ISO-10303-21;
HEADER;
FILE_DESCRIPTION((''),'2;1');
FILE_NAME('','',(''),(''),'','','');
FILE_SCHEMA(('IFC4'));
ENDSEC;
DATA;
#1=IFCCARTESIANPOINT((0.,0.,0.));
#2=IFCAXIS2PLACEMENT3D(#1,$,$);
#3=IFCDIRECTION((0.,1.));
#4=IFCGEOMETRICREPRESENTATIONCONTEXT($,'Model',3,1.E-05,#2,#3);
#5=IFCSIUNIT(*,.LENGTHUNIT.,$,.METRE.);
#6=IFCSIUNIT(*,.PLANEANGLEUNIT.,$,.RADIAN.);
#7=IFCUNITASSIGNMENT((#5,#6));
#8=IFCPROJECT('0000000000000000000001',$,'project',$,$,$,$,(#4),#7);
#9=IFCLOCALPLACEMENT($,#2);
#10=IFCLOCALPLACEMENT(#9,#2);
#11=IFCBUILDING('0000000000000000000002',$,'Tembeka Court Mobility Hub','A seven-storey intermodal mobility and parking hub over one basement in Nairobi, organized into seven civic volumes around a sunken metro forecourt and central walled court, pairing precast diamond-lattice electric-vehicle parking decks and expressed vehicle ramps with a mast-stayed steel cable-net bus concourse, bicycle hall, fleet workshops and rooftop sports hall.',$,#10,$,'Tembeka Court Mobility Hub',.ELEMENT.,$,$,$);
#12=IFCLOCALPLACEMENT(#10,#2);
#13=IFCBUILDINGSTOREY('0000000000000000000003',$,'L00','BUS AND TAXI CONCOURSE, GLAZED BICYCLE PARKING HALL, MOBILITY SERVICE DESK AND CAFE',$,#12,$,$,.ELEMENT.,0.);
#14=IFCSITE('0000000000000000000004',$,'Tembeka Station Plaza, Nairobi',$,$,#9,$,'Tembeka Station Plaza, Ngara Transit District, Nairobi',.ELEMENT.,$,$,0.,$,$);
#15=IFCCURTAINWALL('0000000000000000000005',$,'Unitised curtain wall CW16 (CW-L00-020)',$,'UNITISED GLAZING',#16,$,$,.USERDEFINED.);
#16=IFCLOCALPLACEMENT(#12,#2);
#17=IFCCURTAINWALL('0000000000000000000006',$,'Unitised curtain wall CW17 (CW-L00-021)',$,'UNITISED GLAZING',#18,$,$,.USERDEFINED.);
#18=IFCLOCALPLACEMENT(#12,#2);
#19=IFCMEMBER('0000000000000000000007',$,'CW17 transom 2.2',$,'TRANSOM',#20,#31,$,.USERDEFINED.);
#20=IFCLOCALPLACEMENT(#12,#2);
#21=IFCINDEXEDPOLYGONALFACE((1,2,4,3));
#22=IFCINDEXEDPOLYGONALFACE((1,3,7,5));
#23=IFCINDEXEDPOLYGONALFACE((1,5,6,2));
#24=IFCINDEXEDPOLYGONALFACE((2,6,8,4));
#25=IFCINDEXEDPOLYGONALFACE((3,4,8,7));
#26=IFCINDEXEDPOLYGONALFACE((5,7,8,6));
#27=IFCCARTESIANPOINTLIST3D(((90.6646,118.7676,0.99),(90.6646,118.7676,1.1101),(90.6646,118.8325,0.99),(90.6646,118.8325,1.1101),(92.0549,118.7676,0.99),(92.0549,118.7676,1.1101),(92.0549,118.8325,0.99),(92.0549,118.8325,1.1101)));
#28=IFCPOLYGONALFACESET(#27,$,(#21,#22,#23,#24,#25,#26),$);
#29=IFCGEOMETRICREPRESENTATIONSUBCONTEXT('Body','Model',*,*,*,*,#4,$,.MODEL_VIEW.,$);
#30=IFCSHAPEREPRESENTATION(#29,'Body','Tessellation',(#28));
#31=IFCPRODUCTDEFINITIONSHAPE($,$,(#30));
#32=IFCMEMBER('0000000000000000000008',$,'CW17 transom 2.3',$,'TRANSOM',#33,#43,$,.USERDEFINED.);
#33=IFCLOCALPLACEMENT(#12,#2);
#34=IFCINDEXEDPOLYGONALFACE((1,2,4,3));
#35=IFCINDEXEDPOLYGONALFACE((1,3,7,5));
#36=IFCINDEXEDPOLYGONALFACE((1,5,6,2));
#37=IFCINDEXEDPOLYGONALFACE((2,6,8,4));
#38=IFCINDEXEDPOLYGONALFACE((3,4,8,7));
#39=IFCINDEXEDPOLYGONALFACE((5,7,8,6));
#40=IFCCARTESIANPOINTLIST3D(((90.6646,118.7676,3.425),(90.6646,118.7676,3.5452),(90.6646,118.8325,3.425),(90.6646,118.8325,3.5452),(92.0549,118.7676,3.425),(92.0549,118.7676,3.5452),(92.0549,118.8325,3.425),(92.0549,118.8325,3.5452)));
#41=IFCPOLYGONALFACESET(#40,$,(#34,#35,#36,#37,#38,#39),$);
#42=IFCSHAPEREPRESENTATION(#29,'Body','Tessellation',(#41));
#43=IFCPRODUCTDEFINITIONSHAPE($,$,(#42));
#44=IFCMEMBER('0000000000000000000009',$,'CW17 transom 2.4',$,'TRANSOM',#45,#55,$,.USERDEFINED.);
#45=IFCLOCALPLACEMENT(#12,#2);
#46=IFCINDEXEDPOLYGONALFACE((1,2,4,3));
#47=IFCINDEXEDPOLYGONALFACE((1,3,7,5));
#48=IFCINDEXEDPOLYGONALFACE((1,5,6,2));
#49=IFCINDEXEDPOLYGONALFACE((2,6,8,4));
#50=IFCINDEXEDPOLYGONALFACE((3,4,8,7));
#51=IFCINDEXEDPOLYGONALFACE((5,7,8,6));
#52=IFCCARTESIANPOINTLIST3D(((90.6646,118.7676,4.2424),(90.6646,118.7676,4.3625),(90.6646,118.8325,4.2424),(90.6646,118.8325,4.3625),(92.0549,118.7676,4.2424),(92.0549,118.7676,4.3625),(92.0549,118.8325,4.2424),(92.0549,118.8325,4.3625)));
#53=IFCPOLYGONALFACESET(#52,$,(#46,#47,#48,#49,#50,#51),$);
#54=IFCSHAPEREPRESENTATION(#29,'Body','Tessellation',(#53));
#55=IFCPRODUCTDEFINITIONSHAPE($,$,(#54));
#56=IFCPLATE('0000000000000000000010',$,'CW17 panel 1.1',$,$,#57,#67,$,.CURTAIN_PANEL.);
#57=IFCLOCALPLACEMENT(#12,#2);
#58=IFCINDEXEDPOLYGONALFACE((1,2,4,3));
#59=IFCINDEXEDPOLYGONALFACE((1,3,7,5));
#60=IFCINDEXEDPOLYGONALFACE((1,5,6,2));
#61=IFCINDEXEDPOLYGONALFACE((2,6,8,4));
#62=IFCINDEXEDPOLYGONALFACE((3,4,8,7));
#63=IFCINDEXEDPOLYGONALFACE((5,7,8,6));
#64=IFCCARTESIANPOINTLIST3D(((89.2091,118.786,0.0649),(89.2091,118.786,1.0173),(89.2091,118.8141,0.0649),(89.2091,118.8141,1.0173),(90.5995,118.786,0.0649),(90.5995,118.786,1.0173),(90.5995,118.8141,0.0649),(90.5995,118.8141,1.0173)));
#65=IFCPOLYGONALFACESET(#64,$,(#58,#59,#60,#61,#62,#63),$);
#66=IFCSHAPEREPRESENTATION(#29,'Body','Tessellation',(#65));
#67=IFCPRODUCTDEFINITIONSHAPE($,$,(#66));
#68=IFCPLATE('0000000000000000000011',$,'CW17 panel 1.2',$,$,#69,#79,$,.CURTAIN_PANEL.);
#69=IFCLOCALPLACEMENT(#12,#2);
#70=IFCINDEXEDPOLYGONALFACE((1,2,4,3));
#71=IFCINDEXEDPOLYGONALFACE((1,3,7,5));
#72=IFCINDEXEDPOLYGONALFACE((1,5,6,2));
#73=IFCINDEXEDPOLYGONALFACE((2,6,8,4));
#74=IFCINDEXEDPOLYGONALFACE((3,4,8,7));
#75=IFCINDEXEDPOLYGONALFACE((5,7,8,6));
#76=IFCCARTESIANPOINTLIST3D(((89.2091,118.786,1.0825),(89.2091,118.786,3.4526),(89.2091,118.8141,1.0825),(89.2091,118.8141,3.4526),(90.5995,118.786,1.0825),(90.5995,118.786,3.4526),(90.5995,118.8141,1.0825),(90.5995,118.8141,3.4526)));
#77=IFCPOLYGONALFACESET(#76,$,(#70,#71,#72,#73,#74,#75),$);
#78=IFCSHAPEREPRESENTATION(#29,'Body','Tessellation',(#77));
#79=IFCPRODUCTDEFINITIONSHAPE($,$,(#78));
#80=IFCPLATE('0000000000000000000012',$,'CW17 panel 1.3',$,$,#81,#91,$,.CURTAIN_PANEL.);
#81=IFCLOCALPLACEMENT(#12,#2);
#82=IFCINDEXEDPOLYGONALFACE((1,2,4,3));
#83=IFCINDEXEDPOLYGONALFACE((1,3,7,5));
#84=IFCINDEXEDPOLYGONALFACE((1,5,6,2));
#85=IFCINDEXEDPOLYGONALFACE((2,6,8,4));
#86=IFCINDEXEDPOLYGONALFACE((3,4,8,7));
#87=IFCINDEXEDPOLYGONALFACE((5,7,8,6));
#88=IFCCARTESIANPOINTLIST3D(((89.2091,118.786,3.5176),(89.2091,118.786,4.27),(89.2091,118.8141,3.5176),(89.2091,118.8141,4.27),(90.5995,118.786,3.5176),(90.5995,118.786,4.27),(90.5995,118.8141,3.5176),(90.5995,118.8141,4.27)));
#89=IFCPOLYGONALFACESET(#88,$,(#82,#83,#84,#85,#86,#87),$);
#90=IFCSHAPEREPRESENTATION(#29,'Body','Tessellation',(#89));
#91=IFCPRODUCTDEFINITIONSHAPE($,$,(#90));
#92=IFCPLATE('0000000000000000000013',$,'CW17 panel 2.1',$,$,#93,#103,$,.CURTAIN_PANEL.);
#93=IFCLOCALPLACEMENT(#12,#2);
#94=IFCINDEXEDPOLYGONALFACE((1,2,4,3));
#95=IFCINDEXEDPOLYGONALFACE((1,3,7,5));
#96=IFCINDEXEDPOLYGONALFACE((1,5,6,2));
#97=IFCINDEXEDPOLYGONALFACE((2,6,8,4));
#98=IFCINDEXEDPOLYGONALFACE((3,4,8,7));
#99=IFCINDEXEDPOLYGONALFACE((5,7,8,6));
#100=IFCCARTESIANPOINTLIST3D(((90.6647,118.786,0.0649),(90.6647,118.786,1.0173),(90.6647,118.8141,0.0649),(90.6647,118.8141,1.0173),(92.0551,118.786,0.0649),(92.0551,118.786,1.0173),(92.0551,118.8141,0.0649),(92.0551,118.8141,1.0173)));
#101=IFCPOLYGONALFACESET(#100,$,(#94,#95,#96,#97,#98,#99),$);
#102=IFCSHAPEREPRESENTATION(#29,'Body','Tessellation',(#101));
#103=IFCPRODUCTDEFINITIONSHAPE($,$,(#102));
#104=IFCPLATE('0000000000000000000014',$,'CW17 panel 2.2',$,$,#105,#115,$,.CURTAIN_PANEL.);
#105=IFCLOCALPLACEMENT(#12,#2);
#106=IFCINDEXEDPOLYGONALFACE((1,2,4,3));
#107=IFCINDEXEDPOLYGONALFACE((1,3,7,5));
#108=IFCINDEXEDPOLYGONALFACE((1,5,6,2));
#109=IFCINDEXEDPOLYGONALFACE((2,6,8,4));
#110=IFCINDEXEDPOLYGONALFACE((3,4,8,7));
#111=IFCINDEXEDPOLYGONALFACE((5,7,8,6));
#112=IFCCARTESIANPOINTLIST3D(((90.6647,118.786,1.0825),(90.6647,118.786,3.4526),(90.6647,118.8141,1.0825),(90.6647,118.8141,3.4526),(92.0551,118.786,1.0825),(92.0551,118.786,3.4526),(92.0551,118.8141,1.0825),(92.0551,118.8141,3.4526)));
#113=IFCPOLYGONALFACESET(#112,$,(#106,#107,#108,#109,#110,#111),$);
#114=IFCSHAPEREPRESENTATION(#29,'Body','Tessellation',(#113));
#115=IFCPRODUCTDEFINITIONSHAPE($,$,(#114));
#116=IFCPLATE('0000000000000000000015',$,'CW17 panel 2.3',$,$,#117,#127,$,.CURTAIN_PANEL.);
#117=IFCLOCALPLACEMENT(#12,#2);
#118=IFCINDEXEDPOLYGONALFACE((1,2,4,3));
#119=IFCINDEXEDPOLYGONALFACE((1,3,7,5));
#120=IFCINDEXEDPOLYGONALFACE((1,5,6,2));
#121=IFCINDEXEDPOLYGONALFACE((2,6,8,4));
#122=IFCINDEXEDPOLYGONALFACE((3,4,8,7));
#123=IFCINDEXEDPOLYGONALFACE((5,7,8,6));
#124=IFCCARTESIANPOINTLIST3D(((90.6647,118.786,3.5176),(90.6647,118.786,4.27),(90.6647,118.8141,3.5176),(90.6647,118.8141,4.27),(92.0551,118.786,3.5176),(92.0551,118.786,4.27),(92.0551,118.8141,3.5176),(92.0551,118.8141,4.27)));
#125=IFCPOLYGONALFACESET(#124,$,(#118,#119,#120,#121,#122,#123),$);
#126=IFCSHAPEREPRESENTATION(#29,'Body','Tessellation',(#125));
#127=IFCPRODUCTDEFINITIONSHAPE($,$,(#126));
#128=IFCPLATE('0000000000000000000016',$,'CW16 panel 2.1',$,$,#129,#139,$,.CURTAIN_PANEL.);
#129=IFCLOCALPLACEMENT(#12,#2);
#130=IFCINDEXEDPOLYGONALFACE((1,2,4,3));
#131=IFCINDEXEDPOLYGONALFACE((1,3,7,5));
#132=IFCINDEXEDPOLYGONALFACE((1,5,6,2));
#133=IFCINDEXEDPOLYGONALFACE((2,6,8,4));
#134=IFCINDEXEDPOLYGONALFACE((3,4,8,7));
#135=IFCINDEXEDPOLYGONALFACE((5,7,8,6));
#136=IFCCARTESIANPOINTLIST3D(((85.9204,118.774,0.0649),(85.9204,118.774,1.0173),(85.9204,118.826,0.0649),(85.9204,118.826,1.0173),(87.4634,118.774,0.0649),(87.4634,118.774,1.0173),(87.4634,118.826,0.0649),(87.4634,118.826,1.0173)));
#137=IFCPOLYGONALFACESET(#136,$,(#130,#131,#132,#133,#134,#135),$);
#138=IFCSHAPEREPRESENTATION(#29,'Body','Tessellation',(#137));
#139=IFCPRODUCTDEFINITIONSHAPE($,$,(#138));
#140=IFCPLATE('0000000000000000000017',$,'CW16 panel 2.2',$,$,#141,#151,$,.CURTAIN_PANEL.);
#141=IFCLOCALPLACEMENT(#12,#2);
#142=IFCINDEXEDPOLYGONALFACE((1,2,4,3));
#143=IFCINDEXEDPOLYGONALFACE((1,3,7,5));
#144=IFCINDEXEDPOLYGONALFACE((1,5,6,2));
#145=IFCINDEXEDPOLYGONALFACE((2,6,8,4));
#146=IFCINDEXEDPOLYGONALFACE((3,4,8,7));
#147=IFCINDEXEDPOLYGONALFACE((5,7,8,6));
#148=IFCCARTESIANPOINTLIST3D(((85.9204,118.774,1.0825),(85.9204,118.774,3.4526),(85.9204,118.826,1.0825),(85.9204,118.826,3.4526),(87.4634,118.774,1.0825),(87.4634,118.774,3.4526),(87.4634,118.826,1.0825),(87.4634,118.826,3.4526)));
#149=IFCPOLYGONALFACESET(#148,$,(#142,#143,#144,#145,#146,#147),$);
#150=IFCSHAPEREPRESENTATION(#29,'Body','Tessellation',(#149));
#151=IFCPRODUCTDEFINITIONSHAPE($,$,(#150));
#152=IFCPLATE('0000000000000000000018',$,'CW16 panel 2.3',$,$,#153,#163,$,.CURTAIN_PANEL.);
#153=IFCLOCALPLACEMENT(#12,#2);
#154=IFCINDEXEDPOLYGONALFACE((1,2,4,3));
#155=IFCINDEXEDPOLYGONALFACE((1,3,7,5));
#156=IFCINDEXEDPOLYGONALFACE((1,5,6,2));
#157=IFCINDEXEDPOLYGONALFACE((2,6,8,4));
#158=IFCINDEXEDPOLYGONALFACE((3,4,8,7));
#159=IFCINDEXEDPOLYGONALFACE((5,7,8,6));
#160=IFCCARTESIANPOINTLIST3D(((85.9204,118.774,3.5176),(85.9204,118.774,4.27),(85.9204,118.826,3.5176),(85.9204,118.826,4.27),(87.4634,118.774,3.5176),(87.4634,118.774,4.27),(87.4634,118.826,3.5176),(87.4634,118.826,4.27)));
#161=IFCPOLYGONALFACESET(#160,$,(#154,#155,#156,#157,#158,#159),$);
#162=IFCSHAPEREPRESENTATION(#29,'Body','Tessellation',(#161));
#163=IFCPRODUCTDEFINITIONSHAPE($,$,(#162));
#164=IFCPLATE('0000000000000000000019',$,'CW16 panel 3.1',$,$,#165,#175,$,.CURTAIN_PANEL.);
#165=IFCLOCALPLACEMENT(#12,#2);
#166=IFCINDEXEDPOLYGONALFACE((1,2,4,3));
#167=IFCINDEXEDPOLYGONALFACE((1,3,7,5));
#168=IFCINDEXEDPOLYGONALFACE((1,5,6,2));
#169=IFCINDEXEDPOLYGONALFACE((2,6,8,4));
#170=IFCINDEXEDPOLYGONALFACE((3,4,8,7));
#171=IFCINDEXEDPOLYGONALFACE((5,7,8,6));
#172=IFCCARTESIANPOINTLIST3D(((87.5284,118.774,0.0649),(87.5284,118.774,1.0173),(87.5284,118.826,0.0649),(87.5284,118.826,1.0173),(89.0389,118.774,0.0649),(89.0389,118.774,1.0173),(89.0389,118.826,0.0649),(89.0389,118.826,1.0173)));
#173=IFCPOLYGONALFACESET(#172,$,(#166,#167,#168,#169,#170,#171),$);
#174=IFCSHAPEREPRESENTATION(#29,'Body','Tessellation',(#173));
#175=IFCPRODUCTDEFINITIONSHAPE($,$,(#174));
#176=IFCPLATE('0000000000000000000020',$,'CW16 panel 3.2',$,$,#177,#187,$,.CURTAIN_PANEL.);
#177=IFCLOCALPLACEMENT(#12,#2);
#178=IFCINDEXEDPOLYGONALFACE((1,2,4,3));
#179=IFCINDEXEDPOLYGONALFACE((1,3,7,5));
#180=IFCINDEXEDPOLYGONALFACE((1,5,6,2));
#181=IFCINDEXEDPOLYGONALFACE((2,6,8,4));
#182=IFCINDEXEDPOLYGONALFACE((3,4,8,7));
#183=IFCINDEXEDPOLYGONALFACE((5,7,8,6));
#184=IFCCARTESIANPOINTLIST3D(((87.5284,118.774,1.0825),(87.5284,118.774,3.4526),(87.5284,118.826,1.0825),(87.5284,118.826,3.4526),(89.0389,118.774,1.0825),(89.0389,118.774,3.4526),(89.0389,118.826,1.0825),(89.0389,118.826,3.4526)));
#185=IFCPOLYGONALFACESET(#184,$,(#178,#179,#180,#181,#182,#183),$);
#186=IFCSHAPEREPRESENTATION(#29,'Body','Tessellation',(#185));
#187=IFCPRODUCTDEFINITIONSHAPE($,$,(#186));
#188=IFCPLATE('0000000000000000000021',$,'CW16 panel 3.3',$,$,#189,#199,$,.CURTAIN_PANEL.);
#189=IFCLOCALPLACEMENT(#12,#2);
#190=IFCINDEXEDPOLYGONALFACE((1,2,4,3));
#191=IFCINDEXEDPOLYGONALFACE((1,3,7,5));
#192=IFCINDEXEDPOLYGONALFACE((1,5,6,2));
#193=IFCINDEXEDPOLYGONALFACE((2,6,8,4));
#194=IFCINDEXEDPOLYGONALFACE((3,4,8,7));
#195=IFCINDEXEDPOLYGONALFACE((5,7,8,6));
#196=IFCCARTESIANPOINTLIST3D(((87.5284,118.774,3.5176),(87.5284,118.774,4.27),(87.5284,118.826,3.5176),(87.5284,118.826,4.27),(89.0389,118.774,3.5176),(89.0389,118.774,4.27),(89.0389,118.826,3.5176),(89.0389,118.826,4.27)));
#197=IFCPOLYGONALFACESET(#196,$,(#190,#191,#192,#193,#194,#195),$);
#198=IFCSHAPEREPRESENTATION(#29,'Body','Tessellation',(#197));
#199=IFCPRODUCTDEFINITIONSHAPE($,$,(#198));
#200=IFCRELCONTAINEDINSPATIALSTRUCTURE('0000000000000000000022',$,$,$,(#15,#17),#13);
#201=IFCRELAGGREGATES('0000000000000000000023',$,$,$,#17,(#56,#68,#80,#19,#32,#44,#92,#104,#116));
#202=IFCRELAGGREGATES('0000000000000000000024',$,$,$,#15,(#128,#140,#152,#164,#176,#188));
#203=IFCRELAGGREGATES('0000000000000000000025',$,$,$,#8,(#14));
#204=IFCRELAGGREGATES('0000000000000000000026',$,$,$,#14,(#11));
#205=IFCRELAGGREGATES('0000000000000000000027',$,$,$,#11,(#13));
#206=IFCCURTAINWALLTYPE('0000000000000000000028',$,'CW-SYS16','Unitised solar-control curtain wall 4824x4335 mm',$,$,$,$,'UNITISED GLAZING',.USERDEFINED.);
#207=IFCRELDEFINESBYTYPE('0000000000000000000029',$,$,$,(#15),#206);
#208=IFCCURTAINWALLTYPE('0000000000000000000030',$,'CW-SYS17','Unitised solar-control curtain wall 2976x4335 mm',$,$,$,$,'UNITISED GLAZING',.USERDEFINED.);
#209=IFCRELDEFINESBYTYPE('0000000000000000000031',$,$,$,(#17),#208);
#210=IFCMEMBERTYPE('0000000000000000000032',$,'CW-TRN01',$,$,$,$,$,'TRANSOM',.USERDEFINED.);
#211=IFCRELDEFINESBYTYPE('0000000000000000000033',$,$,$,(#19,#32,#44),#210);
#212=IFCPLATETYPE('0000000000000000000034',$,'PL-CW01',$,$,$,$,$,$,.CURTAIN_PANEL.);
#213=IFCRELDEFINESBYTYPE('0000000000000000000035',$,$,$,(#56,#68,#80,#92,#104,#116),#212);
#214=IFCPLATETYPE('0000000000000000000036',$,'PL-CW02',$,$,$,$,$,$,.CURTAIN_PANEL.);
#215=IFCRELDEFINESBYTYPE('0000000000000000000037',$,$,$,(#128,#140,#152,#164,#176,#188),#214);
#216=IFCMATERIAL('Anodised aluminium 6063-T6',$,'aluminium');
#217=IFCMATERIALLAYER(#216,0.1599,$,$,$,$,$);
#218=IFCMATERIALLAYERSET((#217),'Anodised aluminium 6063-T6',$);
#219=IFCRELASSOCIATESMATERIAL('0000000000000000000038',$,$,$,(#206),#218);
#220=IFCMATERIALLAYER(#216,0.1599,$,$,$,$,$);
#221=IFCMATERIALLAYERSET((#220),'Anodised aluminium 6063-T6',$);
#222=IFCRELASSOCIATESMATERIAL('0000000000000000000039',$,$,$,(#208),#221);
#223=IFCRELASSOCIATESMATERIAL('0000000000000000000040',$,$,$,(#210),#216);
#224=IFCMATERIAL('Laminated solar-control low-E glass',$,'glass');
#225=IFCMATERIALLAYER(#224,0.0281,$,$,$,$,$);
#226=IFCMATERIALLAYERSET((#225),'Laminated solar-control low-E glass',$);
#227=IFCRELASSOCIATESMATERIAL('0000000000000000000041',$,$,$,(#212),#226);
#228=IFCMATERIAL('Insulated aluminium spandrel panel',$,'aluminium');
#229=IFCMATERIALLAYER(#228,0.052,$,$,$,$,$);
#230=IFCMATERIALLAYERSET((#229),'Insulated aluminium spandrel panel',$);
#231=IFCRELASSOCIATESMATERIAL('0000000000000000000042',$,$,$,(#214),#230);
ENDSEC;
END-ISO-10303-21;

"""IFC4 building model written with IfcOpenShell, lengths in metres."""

from ifc_helpers import new_model, si_unit, direction, frame, origin, origin_2d, place, context, subcontext, project, spatial, rectangle, extrude, material, layer, layer_set, material_profile, profile_set, type_object, element, aggregate, save


model = new_model("IFC4")

# Units and contexts
model_context = context("Model", 3, precision=1e-05, world=origin(), true_north=direction((0.0, 1.0)))
body_context = subcontext(model_context, "Body", "Model", "MODEL_VIEW")
ifc_project = project(units=[si_unit("LENGTHUNIT", "METRE"), si_unit("PLANEANGLEUNIT", "RADIAN")], contexts=[model_context])

# Site, building, storey
site_placement = place(None, origin())
site = spatial("IfcSite", under=ifc_project, at=site_placement, Name="Tembeka Station Plaza, Nairobi", LongName="Tembeka Station Plaza, Ngara Transit District, Nairobi", CompositionType="ELEMENT", RefElevation=0.0)
building_placement = place(site_placement, origin())
building = spatial("IfcBuilding", under=site, at=building_placement, Name="Tembeka Court Mobility Hub", Description="A seven-storey intermodal mobility and parking hub over one basement in Nairobi, organized into seven civic volumes around a sunken metro forecourt and central walled court, pairing precast diamond-lattice electric-vehicle parking decks and expressed vehicle ramps with a mast-stayed steel cable-net bus concourse, bicycle hall, fleet workshops and rooftop sports hall.", LongName="Tembeka Court Mobility Hub", CompositionType="ELEMENT")
storey_placement = place(building_placement, origin())
storey = spatial("IfcBuildingStorey", under=building, at=storey_placement, Name="L00", Description="BUS AND TAXI CONCOURSE, GLAZED BICYCLE PARKING HALL, MOBILITY SERVICE DESK AND CAFE", CompositionType="ELEMENT", Elevation=0.0)

# Curtain walls
ifc_material_1 = material(Name="Anodised aluminium 6063-T6", Category="aluminium")
ifc_layer_1 = layer(ifc_material_1, 0.1599)
ifc_layer_set_1 = layer_set([ifc_layer_1], Name="Anodised aluminium 6063-T6")
curtain_wall_type_1 = type_object("IfcCurtainWallType", Name="CW-SYS16", Description="Unitised solar-control curtain wall 4824x4335 mm", ElementType="UNITISED GLAZING", PredefinedType="USERDEFINED", material=ifc_layer_set_1)
curtain_wall_1_placement = place(storey_placement, origin())
curtain_wall_1 = element("IfcCurtainWall", 1, at=curtain_wall_1_placement, inside=storey, type_object=curtain_wall_type_1, Name="Unitised curtain wall CW16 (CW-L00-020)", ObjectType="UNITISED GLAZING", PredefinedType="USERDEFINED")
ifc_layer_2 = layer(ifc_material_1, 0.1599)
ifc_layer_set_2 = layer_set([ifc_layer_2], Name="Anodised aluminium 6063-T6")
curtain_wall_type_2 = type_object("IfcCurtainWallType", Name="CW-SYS17", Description="Unitised solar-control curtain wall 2976x4335 mm", ElementType="UNITISED GLAZING", PredefinedType="USERDEFINED", material=ifc_layer_set_2)
curtain_wall_2_placement = place(storey_placement, origin())
curtain_wall_2 = element("IfcCurtainWall", 2, at=curtain_wall_2_placement, inside=storey, type_object=curtain_wall_type_2, Name="Unitised curtain wall CW17 (CW-L00-021)", ObjectType="UNITISED GLAZING", PredefinedType="USERDEFINED")

# Members
ifc_material_profile_1 = material_profile(ifc_material_1, rectangle(XDim=0.0649, YDim=0.1201, at=origin_2d()), Name="ALU-TRN 65x120")
ifc_profile_set_1 = profile_set([ifc_material_profile_1], Name="Anodised aluminium 6063-T6")
member_type_1 = type_object("IfcMemberType", Name="CW-TRN01", ElementType="TRANSOM", PredefinedType="USERDEFINED", material=ifc_profile_set_1)
member_1_placement = place(storey_placement, frame((90.6646, 118.8, 1.05), z_axis=(1.0, 0.0, 0.0), x_axis=(0.0, 1.0, 0.0)))
member_1 = element("IfcMember", 3, at=member_1_placement, type_object=member_type_1, Name="CW17 transom 2.2", ObjectType="TRANSOM", PredefinedType="USERDEFINED", context=body_context, shape_type="SweptSolid", body=[
    extrude(rectangle(XDim=0.0649, YDim=0.1201, at=origin_2d()), origin(), (0.0, 0.0, 1.0), 1.3904),
])
member_2_placement = place(storey_placement, frame((90.6646, 118.8, 3.4851), z_axis=(1.0, 0.0, 0.0), x_axis=(0.0, 1.0, 0.0)))
member_2 = element("IfcMember", 4, at=member_2_placement, type_object=member_type_1, Name="CW17 transom 2.3", ObjectType="TRANSOM", PredefinedType="USERDEFINED", context=body_context, shape_type="SweptSolid", body=[
    extrude(rectangle(XDim=0.0649, YDim=0.1201, at=origin_2d()), origin(), (0.0, 0.0, 1.0), 1.3904),
])
member_3_placement = place(storey_placement, frame((90.6646, 118.8, 4.3025), z_axis=(1.0, 0.0, 0.0), x_axis=(0.0, 1.0, 0.0)))
member_3 = element("IfcMember", 5, at=member_3_placement, type_object=member_type_1, Name="CW17 transom 2.4", ObjectType="TRANSOM", PredefinedType="USERDEFINED", context=body_context, shape_type="SweptSolid", body=[
    extrude(rectangle(XDim=0.0649, YDim=0.1201, at=origin_2d()), origin(), (0.0, 0.0, 1.0), 1.3904),
])

# Plates
ifc_material_2 = material(Name="Laminated solar-control low-E glass", Category="glass")
ifc_layer_3 = layer(ifc_material_2, 0.0281)
ifc_layer_set_3 = layer_set([ifc_layer_3], Name="Laminated solar-control low-E glass")
plate_type_1 = type_object("IfcPlateType", Name="PL-CW01", PredefinedType="CURTAIN_PANEL", material=ifc_layer_set_3)
plate_1_placement = place(storey_placement, frame((89.9043, 118.8, 0.0649), z_axis=(0.0, 0.0, 1.0), x_axis=(1.0, 0.0, 0.0)))
plate_1 = element("IfcPlate", 6, at=plate_1_placement, type_object=plate_type_1, Name="CW17 panel 1.1", PredefinedType="CURTAIN_PANEL", context=body_context, shape_type="SweptSolid", body=[
    extrude(rectangle(XDim=1.3904, YDim=0.0281, at=origin_2d()), origin(), (0.0, 0.0, 1.0), 0.9524),
])
plate_2_placement = place(storey_placement, frame((89.9043, 118.8, 1.0825), z_axis=(0.0, 0.0, 1.0), x_axis=(1.0, 0.0, 0.0)))
plate_2 = element("IfcPlate", 7, at=plate_2_placement, type_object=plate_type_1, Name="CW17 panel 1.2", PredefinedType="CURTAIN_PANEL", context=body_context, shape_type="SweptSolid", body=[
    extrude(rectangle(XDim=1.3904, YDim=0.0281, at=origin_2d()), origin(), (0.0, 0.0, 1.0), 2.3701),
])
plate_3_placement = place(storey_placement, frame((89.9043, 118.8, 3.5176), z_axis=(0.0, 0.0, 1.0), x_axis=(1.0, 0.0, 0.0)))
plate_3 = element("IfcPlate", 8, at=plate_3_placement, type_object=plate_type_1, Name="CW17 panel 1.3", PredefinedType="CURTAIN_PANEL", context=body_context, shape_type="SweptSolid", body=[
    extrude(rectangle(XDim=1.3904, YDim=0.0281, at=origin_2d()), origin(), (0.0, 0.0, 1.0), 0.7524),
])
plate_4_placement = place(storey_placement, frame((91.3599, 118.8, 0.0649), z_axis=(0.0, 0.0, 1.0), x_axis=(1.0, 0.0, 0.0)))
plate_4 = element("IfcPlate", 9, at=plate_4_placement, type_object=plate_type_1, Name="CW17 panel 2.1", PredefinedType="CURTAIN_PANEL", context=body_context, shape_type="SweptSolid", body=[
    extrude(rectangle(XDim=1.3904, YDim=0.0281, at=origin_2d()), origin(), (0.0, 0.0, 1.0), 0.9524),
])
plate_5_placement = place(storey_placement, frame((91.3599, 118.8, 1.0825), z_axis=(0.0, 0.0, 1.0), x_axis=(1.0, 0.0, 0.0)))
plate_5 = element("IfcPlate", 10, at=plate_5_placement, type_object=plate_type_1, Name="CW17 panel 2.2", PredefinedType="CURTAIN_PANEL", context=body_context, shape_type="SweptSolid", body=[
    extrude(rectangle(XDim=1.3904, YDim=0.0281, at=origin_2d()), origin(), (0.0, 0.0, 1.0), 2.3701),
])
plate_6_placement = place(storey_placement, frame((91.3599, 118.8, 3.5176), z_axis=(0.0, 0.0, 1.0), x_axis=(1.0, 0.0, 0.0)))
plate_6 = element("IfcPlate", 11, at=plate_6_placement, type_object=plate_type_1, Name="CW17 panel 2.3", PredefinedType="CURTAIN_PANEL", context=body_context, shape_type="SweptSolid", body=[
    extrude(rectangle(XDim=1.3904, YDim=0.0281, at=origin_2d()), origin(), (0.0, 0.0, 1.0), 0.7524),
])
aggregate(curtain_wall_2, [plate_1, plate_2, plate_3, member_1, member_2, member_3, plate_4, plate_5, plate_6])
ifc_material_3 = material(Name="Insulated aluminium spandrel panel", Category="aluminium")
ifc_layer_4 = layer(ifc_material_3, 0.052)
ifc_layer_set_4 = layer_set([ifc_layer_4], Name="Insulated aluminium spandrel panel")
plate_type_2 = type_object("IfcPlateType", Name="PL-CW02", PredefinedType="CURTAIN_PANEL", material=ifc_layer_set_4)
plate_7_placement = place(storey_placement, frame((86.6919, 118.8, 0.0649), z_axis=(0.0, 0.0, 1.0), x_axis=(1.0, 0.0, 0.0)))
plate_7 = element("IfcPlate", 12, at=plate_7_placement, type_object=plate_type_2, Name="CW16 panel 2.1", PredefinedType="CURTAIN_PANEL", context=body_context, shape_type="SweptSolid", body=[
    extrude(rectangle(XDim=1.543, YDim=0.052, at=origin_2d()), origin(), (0.0, 0.0, 1.0), 0.9524),
])
plate_8_placement = place(storey_placement, frame((86.6919, 118.8, 1.0825), z_axis=(0.0, 0.0, 1.0), x_axis=(1.0, 0.0, 0.0)))
plate_8 = element("IfcPlate", 13, at=plate_8_placement, type_object=plate_type_2, Name="CW16 panel 2.2", PredefinedType="CURTAIN_PANEL", context=body_context, shape_type="SweptSolid", body=[
    extrude(rectangle(XDim=1.543, YDim=0.052, at=origin_2d()), origin(), (0.0, 0.0, 1.0), 2.3701),
])
plate_9_placement = place(storey_placement, frame((86.6919, 118.8, 3.5176), z_axis=(0.0, 0.0, 1.0), x_axis=(1.0, 0.0, 0.0)))
plate_9 = element("IfcPlate", 14, at=plate_9_placement, type_object=plate_type_2, Name="CW16 panel 2.3", PredefinedType="CURTAIN_PANEL", context=body_context, shape_type="SweptSolid", body=[
    extrude(rectangle(XDim=1.543, YDim=0.052, at=origin_2d()), origin(), (0.0, 0.0, 1.0), 0.7524),
])
plate_10_placement = place(storey_placement, frame((88.2837, 118.8, 0.0649), z_axis=(0.0, 0.0, 1.0), x_axis=(1.0, 0.0, 0.0)))
plate_10 = element("IfcPlate", 15, at=plate_10_placement, type_object=plate_type_2, Name="CW16 panel 3.1", PredefinedType="CURTAIN_PANEL", context=body_context, shape_type="SweptSolid", body=[
    extrude(rectangle(XDim=1.5105, YDim=0.052, at=origin_2d()), origin(), (0.0, 0.0, 1.0), 0.9524),
])
plate_11_placement = place(storey_placement, frame((88.2837, 118.8, 1.0825), z_axis=(0.0, 0.0, 1.0), x_axis=(1.0, 0.0, 0.0)))
plate_11 = element("IfcPlate", 16, at=plate_11_placement, type_object=plate_type_2, Name="CW16 panel 3.2", PredefinedType="CURTAIN_PANEL", context=body_context, shape_type="SweptSolid", body=[
    extrude(rectangle(XDim=1.5105, YDim=0.052, at=origin_2d()), origin(), (0.0, 0.0, 1.0), 2.3701),
])
plate_12_placement = place(storey_placement, frame((88.2837, 118.8, 3.5176), z_axis=(0.0, 0.0, 1.0), x_axis=(1.0, 0.0, 0.0)))
plate_12 = element("IfcPlate", 17, at=plate_12_placement, type_object=plate_type_2, Name="CW16 panel 3.3", PredefinedType="CURTAIN_PANEL", context=body_context, shape_type="SweptSolid", body=[
    extrude(rectangle(XDim=1.5105, YDim=0.052, at=origin_2d()), origin(), (0.0, 0.0, 1.0), 0.7524),
])
aggregate(curtain_wall_1, [plate_7, plate_8, plate_9, plate_10, plate_11, plate_12])

save(model, "model.ifc")
